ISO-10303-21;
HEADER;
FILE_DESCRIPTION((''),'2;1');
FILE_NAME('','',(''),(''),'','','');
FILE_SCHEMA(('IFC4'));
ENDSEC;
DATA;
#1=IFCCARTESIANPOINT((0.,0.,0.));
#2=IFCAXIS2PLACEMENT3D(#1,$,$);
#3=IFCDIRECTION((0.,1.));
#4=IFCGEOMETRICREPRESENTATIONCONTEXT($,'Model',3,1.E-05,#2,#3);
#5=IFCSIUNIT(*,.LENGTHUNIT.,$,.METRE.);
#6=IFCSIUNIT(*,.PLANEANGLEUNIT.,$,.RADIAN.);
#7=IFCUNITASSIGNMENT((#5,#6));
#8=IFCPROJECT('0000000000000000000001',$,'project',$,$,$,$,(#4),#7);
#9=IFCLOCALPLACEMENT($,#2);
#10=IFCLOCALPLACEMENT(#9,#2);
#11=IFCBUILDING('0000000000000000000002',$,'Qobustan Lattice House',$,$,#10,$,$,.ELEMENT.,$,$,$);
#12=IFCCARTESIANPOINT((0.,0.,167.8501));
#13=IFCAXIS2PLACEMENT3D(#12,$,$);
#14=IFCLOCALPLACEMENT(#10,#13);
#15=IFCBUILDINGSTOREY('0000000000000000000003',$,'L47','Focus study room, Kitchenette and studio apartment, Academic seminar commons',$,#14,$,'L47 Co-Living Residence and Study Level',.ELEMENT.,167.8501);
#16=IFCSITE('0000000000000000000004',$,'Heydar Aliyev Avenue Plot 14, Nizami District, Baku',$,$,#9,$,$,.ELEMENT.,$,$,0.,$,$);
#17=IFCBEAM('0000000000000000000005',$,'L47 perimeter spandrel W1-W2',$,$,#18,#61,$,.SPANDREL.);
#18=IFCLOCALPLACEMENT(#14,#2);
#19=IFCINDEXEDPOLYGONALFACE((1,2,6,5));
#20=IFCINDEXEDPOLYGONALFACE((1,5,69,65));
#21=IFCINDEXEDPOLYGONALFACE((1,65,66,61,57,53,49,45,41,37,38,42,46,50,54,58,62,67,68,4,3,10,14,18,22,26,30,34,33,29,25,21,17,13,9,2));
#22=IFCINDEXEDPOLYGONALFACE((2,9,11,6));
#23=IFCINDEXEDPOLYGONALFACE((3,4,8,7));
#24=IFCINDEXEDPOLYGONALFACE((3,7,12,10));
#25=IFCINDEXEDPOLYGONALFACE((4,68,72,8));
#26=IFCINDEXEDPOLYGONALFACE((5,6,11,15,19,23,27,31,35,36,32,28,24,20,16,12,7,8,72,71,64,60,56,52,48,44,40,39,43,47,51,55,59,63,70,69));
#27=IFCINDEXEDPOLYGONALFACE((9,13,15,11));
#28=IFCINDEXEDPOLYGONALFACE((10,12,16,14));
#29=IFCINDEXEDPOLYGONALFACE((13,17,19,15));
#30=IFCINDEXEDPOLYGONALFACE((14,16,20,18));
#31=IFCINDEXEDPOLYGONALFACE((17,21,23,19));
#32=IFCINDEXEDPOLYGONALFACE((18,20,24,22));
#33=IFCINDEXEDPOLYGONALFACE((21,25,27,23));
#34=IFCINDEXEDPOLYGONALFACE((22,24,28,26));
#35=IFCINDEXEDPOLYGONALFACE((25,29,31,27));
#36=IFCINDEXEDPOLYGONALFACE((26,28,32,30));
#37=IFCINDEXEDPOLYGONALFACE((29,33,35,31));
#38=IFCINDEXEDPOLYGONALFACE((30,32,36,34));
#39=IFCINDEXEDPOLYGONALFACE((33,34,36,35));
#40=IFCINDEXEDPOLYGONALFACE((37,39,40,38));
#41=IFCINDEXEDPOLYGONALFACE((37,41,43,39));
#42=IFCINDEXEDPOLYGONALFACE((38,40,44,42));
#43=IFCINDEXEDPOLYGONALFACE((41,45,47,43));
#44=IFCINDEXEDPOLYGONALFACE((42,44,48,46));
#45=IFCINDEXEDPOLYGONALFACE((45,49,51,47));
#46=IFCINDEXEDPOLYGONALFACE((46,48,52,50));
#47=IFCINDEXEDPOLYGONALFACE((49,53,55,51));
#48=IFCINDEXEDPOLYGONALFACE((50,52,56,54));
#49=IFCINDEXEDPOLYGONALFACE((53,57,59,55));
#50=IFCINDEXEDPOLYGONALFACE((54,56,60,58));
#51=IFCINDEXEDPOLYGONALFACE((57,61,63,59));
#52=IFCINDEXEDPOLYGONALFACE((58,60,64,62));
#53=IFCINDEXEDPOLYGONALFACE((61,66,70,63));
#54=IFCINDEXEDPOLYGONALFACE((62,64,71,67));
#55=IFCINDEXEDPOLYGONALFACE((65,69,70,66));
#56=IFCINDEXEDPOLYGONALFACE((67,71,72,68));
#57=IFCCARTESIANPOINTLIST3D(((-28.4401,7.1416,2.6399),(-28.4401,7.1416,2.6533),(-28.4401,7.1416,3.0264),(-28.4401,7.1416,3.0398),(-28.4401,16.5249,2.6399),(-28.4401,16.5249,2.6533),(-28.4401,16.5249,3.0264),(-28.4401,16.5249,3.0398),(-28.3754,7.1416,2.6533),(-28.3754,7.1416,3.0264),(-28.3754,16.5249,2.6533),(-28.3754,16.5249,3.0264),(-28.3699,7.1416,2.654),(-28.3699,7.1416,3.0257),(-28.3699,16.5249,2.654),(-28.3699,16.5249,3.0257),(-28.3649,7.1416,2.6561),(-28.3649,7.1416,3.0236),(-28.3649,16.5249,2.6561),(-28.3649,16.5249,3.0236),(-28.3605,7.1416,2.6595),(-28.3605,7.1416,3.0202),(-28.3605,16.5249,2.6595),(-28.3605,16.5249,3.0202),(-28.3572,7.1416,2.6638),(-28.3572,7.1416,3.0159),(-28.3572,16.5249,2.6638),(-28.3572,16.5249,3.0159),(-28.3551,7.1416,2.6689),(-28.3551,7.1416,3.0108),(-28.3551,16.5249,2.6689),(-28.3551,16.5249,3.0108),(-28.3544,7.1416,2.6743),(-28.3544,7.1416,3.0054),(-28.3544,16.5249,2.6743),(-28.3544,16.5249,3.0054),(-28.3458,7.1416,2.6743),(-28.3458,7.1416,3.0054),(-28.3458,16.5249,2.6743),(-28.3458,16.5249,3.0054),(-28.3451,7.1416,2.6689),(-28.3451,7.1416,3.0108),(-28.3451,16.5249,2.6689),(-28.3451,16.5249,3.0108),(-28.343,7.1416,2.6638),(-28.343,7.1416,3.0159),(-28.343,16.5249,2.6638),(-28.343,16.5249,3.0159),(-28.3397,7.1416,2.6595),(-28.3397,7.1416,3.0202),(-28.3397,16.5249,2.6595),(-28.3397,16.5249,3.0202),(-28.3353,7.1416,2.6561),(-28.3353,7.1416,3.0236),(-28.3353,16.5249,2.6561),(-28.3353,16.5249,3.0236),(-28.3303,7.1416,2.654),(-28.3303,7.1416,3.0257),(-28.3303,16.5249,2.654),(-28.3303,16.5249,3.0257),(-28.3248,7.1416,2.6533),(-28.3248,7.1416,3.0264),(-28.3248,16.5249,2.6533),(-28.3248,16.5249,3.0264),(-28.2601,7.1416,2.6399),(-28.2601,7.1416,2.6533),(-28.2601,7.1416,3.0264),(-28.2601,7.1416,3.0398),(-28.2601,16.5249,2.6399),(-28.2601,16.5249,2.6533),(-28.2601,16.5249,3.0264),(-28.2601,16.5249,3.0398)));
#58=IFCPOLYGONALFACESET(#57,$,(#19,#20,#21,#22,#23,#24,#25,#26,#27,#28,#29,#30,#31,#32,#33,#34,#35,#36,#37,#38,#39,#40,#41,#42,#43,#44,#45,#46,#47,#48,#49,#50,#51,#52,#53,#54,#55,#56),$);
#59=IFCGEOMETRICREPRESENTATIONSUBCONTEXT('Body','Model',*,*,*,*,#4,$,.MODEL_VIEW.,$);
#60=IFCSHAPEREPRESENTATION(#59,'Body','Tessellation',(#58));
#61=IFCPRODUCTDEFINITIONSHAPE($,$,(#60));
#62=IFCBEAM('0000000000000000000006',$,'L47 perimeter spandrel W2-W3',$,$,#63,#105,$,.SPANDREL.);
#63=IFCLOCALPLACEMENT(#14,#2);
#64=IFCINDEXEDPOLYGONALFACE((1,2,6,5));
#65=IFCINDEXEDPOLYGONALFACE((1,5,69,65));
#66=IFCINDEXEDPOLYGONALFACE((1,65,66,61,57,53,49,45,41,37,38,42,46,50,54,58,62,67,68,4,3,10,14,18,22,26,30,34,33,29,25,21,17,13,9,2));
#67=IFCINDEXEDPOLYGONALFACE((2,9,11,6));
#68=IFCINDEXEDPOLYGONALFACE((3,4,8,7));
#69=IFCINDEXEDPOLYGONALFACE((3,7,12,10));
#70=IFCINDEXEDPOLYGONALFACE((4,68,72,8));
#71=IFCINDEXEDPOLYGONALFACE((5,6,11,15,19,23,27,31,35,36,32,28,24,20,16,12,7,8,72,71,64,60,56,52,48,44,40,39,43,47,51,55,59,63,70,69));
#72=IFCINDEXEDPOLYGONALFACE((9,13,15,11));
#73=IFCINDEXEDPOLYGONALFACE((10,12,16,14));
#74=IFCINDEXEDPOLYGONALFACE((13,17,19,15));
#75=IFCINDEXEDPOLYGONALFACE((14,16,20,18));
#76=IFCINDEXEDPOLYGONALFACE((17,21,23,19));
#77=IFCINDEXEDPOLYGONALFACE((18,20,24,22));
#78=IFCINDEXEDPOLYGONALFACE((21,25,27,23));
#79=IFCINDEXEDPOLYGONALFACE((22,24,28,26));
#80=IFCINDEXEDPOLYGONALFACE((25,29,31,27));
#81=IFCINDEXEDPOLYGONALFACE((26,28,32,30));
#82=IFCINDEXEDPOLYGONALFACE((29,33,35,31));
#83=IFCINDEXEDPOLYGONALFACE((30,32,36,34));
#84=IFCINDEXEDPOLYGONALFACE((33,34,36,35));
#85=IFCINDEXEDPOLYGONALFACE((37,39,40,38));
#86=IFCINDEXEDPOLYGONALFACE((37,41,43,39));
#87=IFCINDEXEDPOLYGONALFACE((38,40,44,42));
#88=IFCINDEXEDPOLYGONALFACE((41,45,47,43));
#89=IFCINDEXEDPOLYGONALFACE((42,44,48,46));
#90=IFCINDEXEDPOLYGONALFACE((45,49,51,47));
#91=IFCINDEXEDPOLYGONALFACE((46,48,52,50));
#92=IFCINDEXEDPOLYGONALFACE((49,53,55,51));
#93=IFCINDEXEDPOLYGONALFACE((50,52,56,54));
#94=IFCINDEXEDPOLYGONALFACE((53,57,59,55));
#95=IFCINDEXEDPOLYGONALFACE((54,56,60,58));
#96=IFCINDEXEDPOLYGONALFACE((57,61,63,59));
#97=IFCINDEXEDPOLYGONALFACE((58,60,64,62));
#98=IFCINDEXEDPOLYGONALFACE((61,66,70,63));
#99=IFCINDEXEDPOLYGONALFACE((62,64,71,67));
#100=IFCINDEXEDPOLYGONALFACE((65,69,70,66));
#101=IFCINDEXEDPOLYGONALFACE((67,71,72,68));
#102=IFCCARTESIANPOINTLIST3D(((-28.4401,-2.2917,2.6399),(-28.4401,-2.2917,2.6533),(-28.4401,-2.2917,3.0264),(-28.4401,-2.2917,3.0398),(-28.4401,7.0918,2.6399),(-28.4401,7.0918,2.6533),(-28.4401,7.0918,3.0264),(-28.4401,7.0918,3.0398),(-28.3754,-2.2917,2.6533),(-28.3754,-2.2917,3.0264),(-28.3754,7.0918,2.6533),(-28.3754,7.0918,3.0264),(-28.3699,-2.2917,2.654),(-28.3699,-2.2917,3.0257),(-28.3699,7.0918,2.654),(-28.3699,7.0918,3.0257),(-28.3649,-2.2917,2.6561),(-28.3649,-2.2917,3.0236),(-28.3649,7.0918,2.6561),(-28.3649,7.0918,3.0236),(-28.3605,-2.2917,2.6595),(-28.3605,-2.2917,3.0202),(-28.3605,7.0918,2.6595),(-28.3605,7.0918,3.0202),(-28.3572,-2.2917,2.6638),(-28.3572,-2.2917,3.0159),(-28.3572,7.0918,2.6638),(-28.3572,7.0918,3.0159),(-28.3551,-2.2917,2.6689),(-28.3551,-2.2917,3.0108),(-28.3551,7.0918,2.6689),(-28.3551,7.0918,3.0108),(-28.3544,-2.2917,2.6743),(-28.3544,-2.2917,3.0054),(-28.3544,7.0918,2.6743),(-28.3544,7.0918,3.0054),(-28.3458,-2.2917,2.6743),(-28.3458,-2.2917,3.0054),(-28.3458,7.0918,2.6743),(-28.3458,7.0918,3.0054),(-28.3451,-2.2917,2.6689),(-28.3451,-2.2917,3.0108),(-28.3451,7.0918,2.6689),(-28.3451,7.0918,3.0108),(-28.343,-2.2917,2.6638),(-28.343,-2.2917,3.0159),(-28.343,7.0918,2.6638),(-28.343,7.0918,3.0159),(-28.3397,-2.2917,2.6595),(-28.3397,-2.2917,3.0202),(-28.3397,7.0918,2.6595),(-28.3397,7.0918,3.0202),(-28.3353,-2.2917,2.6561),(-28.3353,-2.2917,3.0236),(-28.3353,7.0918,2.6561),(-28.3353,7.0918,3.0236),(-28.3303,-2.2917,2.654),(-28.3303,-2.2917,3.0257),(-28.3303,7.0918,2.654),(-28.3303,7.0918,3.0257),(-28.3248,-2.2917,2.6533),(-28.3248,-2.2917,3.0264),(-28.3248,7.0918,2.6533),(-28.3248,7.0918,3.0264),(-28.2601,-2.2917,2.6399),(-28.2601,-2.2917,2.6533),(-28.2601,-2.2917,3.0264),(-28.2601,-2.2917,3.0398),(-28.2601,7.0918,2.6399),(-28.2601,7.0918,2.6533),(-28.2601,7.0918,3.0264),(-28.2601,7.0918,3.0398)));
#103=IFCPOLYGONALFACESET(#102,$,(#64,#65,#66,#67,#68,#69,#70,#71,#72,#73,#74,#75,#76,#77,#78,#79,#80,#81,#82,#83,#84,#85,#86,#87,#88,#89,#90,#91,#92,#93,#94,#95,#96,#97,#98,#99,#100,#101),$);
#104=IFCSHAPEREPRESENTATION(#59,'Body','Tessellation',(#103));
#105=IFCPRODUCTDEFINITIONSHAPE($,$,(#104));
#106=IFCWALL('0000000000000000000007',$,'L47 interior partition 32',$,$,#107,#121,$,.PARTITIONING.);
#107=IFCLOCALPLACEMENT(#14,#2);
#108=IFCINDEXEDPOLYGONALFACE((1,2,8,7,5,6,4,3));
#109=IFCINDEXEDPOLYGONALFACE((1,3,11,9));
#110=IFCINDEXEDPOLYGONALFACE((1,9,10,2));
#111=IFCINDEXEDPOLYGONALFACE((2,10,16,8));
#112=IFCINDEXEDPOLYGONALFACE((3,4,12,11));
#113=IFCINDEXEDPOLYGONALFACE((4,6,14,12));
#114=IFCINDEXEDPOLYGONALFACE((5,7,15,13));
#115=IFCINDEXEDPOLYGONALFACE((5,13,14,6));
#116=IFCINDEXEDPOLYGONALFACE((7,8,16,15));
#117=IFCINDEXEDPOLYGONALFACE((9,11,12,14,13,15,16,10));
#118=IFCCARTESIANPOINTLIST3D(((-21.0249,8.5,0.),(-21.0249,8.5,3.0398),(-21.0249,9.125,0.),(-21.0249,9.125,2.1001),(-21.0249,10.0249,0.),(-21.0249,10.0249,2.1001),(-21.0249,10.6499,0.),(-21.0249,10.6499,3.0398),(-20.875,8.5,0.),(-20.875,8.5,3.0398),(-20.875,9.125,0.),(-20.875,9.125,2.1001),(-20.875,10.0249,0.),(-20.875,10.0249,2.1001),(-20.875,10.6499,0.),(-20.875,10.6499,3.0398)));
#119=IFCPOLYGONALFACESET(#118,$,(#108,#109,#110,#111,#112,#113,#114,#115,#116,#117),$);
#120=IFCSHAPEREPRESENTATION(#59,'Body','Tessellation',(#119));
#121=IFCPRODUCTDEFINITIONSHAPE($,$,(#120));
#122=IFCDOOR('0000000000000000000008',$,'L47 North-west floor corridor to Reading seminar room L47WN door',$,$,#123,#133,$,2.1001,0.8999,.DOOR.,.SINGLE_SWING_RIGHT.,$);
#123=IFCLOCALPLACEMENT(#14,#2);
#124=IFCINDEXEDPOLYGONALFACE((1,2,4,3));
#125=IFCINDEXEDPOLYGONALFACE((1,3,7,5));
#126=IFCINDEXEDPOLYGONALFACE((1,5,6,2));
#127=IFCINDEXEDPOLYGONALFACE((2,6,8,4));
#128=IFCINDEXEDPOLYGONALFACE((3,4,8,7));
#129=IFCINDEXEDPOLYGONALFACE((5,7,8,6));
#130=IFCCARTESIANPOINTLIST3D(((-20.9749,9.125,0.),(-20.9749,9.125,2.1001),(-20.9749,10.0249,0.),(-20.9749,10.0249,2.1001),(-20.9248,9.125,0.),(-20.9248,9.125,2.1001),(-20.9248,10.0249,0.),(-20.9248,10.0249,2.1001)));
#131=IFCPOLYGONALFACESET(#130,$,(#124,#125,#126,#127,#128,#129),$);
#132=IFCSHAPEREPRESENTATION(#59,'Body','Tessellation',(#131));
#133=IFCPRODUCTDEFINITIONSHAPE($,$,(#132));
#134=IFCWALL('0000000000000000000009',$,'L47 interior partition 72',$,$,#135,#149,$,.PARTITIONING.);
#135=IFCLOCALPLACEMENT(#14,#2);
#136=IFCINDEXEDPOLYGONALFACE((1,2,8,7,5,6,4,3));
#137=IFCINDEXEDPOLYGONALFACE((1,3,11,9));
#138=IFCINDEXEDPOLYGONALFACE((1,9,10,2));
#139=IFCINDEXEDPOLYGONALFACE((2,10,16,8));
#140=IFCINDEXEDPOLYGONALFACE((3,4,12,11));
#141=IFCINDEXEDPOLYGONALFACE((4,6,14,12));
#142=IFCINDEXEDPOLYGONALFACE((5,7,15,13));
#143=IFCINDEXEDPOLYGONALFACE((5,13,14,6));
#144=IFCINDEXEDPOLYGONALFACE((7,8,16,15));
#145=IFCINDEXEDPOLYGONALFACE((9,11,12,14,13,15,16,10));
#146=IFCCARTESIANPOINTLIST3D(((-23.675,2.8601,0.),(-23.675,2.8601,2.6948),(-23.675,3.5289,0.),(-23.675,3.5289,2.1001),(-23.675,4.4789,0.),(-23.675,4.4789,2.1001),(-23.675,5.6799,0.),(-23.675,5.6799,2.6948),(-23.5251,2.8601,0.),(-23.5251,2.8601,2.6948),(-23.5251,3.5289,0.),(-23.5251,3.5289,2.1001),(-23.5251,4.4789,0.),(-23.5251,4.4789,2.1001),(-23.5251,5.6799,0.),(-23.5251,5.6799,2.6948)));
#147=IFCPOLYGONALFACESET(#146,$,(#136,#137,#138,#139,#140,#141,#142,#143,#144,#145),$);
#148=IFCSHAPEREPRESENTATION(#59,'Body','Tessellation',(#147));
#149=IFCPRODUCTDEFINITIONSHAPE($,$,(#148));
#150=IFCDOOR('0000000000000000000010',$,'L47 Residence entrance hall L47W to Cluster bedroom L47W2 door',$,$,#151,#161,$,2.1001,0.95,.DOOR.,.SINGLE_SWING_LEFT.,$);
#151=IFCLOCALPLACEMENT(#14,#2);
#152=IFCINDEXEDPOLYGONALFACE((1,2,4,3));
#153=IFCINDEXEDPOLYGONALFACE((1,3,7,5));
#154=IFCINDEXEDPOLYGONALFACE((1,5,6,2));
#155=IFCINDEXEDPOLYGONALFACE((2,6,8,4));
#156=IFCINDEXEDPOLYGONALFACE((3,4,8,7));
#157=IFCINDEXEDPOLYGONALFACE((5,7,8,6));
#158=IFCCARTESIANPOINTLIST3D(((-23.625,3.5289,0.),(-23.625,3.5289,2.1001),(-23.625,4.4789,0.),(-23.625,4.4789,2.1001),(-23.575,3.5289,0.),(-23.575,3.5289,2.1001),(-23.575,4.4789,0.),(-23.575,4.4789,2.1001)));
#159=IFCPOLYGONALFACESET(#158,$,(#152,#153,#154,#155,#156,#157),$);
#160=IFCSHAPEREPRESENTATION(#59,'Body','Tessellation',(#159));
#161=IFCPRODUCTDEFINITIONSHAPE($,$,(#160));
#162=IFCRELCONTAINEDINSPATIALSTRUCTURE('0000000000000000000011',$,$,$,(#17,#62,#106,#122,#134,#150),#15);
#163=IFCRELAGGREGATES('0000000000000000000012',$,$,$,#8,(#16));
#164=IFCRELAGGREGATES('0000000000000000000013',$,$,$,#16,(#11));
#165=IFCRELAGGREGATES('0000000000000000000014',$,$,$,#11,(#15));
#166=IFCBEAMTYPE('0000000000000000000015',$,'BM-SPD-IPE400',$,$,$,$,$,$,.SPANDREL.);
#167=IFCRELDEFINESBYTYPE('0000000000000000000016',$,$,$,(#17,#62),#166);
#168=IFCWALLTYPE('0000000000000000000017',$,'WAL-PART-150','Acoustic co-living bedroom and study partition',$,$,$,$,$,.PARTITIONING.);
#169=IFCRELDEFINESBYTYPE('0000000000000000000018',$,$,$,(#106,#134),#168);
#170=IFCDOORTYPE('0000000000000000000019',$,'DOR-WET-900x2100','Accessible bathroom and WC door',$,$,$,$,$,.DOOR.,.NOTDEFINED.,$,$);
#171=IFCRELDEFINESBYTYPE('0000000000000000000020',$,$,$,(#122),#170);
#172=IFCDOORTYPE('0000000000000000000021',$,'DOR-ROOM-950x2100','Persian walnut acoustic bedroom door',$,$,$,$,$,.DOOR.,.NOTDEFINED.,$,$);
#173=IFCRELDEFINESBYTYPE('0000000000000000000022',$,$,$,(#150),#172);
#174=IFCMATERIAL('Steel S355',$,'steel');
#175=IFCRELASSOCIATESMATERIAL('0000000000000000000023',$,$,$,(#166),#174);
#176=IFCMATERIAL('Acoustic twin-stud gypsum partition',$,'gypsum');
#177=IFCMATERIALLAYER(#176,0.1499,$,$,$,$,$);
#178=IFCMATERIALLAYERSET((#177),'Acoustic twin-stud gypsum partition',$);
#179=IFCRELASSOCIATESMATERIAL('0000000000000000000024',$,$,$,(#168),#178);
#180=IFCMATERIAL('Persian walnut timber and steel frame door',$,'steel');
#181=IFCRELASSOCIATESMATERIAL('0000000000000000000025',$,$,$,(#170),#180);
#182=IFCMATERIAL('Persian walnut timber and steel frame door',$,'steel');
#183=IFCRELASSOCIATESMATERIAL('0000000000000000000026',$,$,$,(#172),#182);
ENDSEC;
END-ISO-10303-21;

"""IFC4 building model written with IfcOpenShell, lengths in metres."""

from ifc_helpers import new_model, si_unit, direction, frame, frame_2d, origin, origin_2d, place, context, subcontext, project, spatial, rectangle, i_section, extrude, material, layer, layer_set, material_profile, profile_set, type_object, element, fill, save


model = new_model("IFC4")

# Units and contexts
model_context = context("Model", 3, precision=1e-05, world=origin(), true_north=direction((0.0, 1.0)))
body_context = subcontext(model_context, "Body", "Model", "MODEL_VIEW")
ifc_project = project(units=[si_unit("LENGTHUNIT", "METRE"), si_unit("PLANEANGLEUNIT", "RADIAN")], contexts=[model_context])

# Site, building, storey
site_placement = place(None, origin())
site = spatial("IfcSite", under=ifc_project, at=site_placement, Name="Heydar Aliyev Avenue Plot 14, Nizami District, Baku", CompositionType="ELEMENT", RefElevation=0.0)
building_placement = place(site_placement, origin())
building = spatial("IfcBuilding", under=site, at=building_placement, Name="Qobustan Lattice House", CompositionType="ELEMENT")
storey_placement = place(building_placement, frame((0.0, 0.0, 167.8501)))
storey = spatial("IfcBuildingStorey", under=building, at=storey_placement, Name="L47", Description="Focus study room, Kitchenette and studio apartment, Academic seminar commons", LongName="L47 Co-Living Residence and Study Level", CompositionType="ELEMENT", Elevation=167.8501)

# Beams
ifc_material_1 = material(Name="Steel S355", Category="steel")
ifc_material_profile_1 = material_profile(ifc_material_1, i_section(OverallWidth=0.1799, OverallDepth=0.3999, WebThickness=0.0085, FlangeThickness=0.0134, FilletRadius=0.021, at=origin_2d()), Name="IPE400")
ifc_profile_set_1 = profile_set([ifc_material_profile_1], Name="Steel S355")
beam_type_1 = type_object("IfcBeamType", Name="BM-SPD-IPE400", PredefinedType="SPANDREL", material=ifc_profile_set_1)
beam_1_placement = place(storey_placement, frame((-28.3501, 16.5249, 2.8398), z_axis=(0.0, -1.0, 0.0), x_axis=(1.0, 0.0, 0.0)))
element("IfcBeam", 1, at=beam_1_placement, inside=storey, type_object=beam_type_1, Name="L47 perimeter spandrel W1-W2", PredefinedType="SPANDREL", context=body_context, shape_type="SweptSolid", body=[
    extrude(i_section(OverallWidth=0.1799, OverallDepth=0.3999, WebThickness=0.0085, FlangeThickness=0.0134, FilletRadius=0.021, at=origin_2d()), origin(), (0.0, 0.0, 1.0), 9.3833),
])
beam_2_placement = place(storey_placement, frame((-28.3501, 7.0918, 2.8398), z_axis=(0.0, -1.0, 0.0), x_axis=(1.0, 0.0, 0.0)))
element("IfcBeam", 2, at=beam_2_placement, inside=storey, type_object=beam_type_1, Name="L47 perimeter spandrel W2-W3", PredefinedType="SPANDREL", context=body_context, shape_type="SweptSolid", body=[
    extrude(i_section(OverallWidth=0.1799, OverallDepth=0.3999, WebThickness=0.0085, FlangeThickness=0.0134, FilletRadius=0.021, at=origin_2d()), origin(), (0.0, 0.0, 1.0), 9.3835),
])

# Walls, openings, doors
ifc_material_2 = material(Name="Acoustic twin-stud gypsum partition", Category="gypsum")
ifc_layer = layer(ifc_material_2, 0.1499)
ifc_layer_set = layer_set([ifc_layer], Name="Acoustic twin-stud gypsum partition")
wall_type = type_object("IfcWallType", Name="WAL-PART-150", Description="Acoustic co-living bedroom and study partition", PredefinedType="PARTITIONING", material=ifc_layer_set)
wall_1_placement = place(storey_placement, frame((-20.95, 8.5, 0.0), z_axis=(0.0, 0.0, 1.0), x_axis=(0.0, 1.0, 0.0)))
wall_1 = element("IfcWall", 3, at=wall_1_placement, inside=storey, type_object=wall_type, Name="L47 interior partition 32", PredefinedType="PARTITIONING", context=body_context, shape_type="SweptSolid", body=[
    extrude(rectangle(XDim=2.1499, YDim=0.1499, at=frame_2d((1.075, 0.0))), origin(), (0.0, 0.0, 1.0), 3.0398),
])
opening_1_placement = place(wall_1_placement, frame((0.625, 0.0, 0.0)))
opening_1 = element("IfcOpeningElement", 4, at=opening_1_placement, cuts=wall_1, PredefinedType="OPENING", context=body_context, shape_type="SweptSolid", body=[
    extrude(rectangle(XDim=0.8999, YDim=2.1001, at=frame_2d((0.45, 1.05))), frame((0.0, 0.085, 0.0), z_axis=(0.0, -1.0, 0.0), x_axis=(1.0, 0.0, 0.0)), (0.0, 0.0, 1.0), 0.1699),
])
ifc_material_3 = material(Name="Persian walnut timber and steel frame door", Category="steel")
door_type_1 = type_object("IfcDoorType", Name="DOR-WET-900x2100", Description="Accessible bathroom and WC door", OperationType="NOTDEFINED", PredefinedType="DOOR", material=ifc_material_3)
door_1_placement = place(opening_1_placement, origin())
door_1 = element("IfcDoor", 5, at=door_1_placement, inside=storey, type_object=door_type_1, Name="L47 North-west floor corridor to Reading seminar room L47WN door", OperationType="SINGLE_SWING_RIGHT", OverallHeight=2.1001, OverallWidth=0.8999, PredefinedType="DOOR", context=body_context, shape_type="SweptSolid", body=[
    extrude(rectangle(XDim=0.8999, YDim=2.1001, at=frame_2d((0.45, 1.05))), frame((0.0, 0.0249, 0.0), z_axis=(0.0, -1.0, 0.0), x_axis=(1.0, 0.0, 0.0)), (0.0, 0.0, 1.0), 0.05),
])
fill(opening_1, door_1)
wall_2_placement = place(storey_placement, frame((-23.6001, 2.8601, 0.0), z_axis=(0.0, 0.0, 1.0), x_axis=(0.0, 1.0, 0.0)))
wall_2 = element("IfcWall", 6, at=wall_2_placement, inside=storey, type_object=wall_type, Name="L47 interior partition 72", PredefinedType="PARTITIONING", context=body_context, shape_type="SweptSolid", body=[
    extrude(rectangle(XDim=2.8198, YDim=0.1499, at=frame_2d((1.4099, 0.0))), origin(), (0.0, 0.0, 1.0), 2.6948),
])
opening_2_placement = place(wall_2_placement, frame((0.6687, 0.0, 0.0)))
opening_2 = element("IfcOpeningElement", 7, at=opening_2_placement, cuts=wall_2, PredefinedType="OPENING", context=body_context, shape_type="SweptSolid", body=[
    extrude(rectangle(XDim=0.95, YDim=2.1001, at=frame_2d((0.4751, 1.05))), frame((0.0, 0.085, 0.0), z_axis=(0.0, -1.0, 0.0), x_axis=(1.0, 0.0, 0.0)), (0.0, 0.0, 1.0), 0.1699),
])
ifc_material_4 = material(Name="Persian walnut timber and steel frame door", Category="steel")
door_type_2 = type_object("IfcDoorType", Name="DOR-ROOM-950x2100", Description="Persian walnut acoustic bedroom door", OperationType="NOTDEFINED", PredefinedType="DOOR", material=ifc_material_4)
door_2_placement = place(opening_2_placement, origin())
door_2 = element("IfcDoor", 8, at=door_2_placement, inside=storey, type_object=door_type_2, Name="L47 Residence entrance hall L47W to Cluster bedroom L47W2 door", OperationType="SINGLE_SWING_LEFT", OverallHeight=2.1001, OverallWidth=0.95, PredefinedType="DOOR", context=body_context, shape_type="SweptSolid", body=[
    extrude(rectangle(XDim=0.95, YDim=2.1001, at=frame_2d((0.4751, 1.05))), frame((0.0, 0.0249, 0.0), z_axis=(0.0, -1.0, 0.0), x_axis=(1.0, 0.0, 0.0)), (0.0, 0.0, 1.0), 0.05),
])
fill(opening_2, door_2)

save(model, "model.ifc")
